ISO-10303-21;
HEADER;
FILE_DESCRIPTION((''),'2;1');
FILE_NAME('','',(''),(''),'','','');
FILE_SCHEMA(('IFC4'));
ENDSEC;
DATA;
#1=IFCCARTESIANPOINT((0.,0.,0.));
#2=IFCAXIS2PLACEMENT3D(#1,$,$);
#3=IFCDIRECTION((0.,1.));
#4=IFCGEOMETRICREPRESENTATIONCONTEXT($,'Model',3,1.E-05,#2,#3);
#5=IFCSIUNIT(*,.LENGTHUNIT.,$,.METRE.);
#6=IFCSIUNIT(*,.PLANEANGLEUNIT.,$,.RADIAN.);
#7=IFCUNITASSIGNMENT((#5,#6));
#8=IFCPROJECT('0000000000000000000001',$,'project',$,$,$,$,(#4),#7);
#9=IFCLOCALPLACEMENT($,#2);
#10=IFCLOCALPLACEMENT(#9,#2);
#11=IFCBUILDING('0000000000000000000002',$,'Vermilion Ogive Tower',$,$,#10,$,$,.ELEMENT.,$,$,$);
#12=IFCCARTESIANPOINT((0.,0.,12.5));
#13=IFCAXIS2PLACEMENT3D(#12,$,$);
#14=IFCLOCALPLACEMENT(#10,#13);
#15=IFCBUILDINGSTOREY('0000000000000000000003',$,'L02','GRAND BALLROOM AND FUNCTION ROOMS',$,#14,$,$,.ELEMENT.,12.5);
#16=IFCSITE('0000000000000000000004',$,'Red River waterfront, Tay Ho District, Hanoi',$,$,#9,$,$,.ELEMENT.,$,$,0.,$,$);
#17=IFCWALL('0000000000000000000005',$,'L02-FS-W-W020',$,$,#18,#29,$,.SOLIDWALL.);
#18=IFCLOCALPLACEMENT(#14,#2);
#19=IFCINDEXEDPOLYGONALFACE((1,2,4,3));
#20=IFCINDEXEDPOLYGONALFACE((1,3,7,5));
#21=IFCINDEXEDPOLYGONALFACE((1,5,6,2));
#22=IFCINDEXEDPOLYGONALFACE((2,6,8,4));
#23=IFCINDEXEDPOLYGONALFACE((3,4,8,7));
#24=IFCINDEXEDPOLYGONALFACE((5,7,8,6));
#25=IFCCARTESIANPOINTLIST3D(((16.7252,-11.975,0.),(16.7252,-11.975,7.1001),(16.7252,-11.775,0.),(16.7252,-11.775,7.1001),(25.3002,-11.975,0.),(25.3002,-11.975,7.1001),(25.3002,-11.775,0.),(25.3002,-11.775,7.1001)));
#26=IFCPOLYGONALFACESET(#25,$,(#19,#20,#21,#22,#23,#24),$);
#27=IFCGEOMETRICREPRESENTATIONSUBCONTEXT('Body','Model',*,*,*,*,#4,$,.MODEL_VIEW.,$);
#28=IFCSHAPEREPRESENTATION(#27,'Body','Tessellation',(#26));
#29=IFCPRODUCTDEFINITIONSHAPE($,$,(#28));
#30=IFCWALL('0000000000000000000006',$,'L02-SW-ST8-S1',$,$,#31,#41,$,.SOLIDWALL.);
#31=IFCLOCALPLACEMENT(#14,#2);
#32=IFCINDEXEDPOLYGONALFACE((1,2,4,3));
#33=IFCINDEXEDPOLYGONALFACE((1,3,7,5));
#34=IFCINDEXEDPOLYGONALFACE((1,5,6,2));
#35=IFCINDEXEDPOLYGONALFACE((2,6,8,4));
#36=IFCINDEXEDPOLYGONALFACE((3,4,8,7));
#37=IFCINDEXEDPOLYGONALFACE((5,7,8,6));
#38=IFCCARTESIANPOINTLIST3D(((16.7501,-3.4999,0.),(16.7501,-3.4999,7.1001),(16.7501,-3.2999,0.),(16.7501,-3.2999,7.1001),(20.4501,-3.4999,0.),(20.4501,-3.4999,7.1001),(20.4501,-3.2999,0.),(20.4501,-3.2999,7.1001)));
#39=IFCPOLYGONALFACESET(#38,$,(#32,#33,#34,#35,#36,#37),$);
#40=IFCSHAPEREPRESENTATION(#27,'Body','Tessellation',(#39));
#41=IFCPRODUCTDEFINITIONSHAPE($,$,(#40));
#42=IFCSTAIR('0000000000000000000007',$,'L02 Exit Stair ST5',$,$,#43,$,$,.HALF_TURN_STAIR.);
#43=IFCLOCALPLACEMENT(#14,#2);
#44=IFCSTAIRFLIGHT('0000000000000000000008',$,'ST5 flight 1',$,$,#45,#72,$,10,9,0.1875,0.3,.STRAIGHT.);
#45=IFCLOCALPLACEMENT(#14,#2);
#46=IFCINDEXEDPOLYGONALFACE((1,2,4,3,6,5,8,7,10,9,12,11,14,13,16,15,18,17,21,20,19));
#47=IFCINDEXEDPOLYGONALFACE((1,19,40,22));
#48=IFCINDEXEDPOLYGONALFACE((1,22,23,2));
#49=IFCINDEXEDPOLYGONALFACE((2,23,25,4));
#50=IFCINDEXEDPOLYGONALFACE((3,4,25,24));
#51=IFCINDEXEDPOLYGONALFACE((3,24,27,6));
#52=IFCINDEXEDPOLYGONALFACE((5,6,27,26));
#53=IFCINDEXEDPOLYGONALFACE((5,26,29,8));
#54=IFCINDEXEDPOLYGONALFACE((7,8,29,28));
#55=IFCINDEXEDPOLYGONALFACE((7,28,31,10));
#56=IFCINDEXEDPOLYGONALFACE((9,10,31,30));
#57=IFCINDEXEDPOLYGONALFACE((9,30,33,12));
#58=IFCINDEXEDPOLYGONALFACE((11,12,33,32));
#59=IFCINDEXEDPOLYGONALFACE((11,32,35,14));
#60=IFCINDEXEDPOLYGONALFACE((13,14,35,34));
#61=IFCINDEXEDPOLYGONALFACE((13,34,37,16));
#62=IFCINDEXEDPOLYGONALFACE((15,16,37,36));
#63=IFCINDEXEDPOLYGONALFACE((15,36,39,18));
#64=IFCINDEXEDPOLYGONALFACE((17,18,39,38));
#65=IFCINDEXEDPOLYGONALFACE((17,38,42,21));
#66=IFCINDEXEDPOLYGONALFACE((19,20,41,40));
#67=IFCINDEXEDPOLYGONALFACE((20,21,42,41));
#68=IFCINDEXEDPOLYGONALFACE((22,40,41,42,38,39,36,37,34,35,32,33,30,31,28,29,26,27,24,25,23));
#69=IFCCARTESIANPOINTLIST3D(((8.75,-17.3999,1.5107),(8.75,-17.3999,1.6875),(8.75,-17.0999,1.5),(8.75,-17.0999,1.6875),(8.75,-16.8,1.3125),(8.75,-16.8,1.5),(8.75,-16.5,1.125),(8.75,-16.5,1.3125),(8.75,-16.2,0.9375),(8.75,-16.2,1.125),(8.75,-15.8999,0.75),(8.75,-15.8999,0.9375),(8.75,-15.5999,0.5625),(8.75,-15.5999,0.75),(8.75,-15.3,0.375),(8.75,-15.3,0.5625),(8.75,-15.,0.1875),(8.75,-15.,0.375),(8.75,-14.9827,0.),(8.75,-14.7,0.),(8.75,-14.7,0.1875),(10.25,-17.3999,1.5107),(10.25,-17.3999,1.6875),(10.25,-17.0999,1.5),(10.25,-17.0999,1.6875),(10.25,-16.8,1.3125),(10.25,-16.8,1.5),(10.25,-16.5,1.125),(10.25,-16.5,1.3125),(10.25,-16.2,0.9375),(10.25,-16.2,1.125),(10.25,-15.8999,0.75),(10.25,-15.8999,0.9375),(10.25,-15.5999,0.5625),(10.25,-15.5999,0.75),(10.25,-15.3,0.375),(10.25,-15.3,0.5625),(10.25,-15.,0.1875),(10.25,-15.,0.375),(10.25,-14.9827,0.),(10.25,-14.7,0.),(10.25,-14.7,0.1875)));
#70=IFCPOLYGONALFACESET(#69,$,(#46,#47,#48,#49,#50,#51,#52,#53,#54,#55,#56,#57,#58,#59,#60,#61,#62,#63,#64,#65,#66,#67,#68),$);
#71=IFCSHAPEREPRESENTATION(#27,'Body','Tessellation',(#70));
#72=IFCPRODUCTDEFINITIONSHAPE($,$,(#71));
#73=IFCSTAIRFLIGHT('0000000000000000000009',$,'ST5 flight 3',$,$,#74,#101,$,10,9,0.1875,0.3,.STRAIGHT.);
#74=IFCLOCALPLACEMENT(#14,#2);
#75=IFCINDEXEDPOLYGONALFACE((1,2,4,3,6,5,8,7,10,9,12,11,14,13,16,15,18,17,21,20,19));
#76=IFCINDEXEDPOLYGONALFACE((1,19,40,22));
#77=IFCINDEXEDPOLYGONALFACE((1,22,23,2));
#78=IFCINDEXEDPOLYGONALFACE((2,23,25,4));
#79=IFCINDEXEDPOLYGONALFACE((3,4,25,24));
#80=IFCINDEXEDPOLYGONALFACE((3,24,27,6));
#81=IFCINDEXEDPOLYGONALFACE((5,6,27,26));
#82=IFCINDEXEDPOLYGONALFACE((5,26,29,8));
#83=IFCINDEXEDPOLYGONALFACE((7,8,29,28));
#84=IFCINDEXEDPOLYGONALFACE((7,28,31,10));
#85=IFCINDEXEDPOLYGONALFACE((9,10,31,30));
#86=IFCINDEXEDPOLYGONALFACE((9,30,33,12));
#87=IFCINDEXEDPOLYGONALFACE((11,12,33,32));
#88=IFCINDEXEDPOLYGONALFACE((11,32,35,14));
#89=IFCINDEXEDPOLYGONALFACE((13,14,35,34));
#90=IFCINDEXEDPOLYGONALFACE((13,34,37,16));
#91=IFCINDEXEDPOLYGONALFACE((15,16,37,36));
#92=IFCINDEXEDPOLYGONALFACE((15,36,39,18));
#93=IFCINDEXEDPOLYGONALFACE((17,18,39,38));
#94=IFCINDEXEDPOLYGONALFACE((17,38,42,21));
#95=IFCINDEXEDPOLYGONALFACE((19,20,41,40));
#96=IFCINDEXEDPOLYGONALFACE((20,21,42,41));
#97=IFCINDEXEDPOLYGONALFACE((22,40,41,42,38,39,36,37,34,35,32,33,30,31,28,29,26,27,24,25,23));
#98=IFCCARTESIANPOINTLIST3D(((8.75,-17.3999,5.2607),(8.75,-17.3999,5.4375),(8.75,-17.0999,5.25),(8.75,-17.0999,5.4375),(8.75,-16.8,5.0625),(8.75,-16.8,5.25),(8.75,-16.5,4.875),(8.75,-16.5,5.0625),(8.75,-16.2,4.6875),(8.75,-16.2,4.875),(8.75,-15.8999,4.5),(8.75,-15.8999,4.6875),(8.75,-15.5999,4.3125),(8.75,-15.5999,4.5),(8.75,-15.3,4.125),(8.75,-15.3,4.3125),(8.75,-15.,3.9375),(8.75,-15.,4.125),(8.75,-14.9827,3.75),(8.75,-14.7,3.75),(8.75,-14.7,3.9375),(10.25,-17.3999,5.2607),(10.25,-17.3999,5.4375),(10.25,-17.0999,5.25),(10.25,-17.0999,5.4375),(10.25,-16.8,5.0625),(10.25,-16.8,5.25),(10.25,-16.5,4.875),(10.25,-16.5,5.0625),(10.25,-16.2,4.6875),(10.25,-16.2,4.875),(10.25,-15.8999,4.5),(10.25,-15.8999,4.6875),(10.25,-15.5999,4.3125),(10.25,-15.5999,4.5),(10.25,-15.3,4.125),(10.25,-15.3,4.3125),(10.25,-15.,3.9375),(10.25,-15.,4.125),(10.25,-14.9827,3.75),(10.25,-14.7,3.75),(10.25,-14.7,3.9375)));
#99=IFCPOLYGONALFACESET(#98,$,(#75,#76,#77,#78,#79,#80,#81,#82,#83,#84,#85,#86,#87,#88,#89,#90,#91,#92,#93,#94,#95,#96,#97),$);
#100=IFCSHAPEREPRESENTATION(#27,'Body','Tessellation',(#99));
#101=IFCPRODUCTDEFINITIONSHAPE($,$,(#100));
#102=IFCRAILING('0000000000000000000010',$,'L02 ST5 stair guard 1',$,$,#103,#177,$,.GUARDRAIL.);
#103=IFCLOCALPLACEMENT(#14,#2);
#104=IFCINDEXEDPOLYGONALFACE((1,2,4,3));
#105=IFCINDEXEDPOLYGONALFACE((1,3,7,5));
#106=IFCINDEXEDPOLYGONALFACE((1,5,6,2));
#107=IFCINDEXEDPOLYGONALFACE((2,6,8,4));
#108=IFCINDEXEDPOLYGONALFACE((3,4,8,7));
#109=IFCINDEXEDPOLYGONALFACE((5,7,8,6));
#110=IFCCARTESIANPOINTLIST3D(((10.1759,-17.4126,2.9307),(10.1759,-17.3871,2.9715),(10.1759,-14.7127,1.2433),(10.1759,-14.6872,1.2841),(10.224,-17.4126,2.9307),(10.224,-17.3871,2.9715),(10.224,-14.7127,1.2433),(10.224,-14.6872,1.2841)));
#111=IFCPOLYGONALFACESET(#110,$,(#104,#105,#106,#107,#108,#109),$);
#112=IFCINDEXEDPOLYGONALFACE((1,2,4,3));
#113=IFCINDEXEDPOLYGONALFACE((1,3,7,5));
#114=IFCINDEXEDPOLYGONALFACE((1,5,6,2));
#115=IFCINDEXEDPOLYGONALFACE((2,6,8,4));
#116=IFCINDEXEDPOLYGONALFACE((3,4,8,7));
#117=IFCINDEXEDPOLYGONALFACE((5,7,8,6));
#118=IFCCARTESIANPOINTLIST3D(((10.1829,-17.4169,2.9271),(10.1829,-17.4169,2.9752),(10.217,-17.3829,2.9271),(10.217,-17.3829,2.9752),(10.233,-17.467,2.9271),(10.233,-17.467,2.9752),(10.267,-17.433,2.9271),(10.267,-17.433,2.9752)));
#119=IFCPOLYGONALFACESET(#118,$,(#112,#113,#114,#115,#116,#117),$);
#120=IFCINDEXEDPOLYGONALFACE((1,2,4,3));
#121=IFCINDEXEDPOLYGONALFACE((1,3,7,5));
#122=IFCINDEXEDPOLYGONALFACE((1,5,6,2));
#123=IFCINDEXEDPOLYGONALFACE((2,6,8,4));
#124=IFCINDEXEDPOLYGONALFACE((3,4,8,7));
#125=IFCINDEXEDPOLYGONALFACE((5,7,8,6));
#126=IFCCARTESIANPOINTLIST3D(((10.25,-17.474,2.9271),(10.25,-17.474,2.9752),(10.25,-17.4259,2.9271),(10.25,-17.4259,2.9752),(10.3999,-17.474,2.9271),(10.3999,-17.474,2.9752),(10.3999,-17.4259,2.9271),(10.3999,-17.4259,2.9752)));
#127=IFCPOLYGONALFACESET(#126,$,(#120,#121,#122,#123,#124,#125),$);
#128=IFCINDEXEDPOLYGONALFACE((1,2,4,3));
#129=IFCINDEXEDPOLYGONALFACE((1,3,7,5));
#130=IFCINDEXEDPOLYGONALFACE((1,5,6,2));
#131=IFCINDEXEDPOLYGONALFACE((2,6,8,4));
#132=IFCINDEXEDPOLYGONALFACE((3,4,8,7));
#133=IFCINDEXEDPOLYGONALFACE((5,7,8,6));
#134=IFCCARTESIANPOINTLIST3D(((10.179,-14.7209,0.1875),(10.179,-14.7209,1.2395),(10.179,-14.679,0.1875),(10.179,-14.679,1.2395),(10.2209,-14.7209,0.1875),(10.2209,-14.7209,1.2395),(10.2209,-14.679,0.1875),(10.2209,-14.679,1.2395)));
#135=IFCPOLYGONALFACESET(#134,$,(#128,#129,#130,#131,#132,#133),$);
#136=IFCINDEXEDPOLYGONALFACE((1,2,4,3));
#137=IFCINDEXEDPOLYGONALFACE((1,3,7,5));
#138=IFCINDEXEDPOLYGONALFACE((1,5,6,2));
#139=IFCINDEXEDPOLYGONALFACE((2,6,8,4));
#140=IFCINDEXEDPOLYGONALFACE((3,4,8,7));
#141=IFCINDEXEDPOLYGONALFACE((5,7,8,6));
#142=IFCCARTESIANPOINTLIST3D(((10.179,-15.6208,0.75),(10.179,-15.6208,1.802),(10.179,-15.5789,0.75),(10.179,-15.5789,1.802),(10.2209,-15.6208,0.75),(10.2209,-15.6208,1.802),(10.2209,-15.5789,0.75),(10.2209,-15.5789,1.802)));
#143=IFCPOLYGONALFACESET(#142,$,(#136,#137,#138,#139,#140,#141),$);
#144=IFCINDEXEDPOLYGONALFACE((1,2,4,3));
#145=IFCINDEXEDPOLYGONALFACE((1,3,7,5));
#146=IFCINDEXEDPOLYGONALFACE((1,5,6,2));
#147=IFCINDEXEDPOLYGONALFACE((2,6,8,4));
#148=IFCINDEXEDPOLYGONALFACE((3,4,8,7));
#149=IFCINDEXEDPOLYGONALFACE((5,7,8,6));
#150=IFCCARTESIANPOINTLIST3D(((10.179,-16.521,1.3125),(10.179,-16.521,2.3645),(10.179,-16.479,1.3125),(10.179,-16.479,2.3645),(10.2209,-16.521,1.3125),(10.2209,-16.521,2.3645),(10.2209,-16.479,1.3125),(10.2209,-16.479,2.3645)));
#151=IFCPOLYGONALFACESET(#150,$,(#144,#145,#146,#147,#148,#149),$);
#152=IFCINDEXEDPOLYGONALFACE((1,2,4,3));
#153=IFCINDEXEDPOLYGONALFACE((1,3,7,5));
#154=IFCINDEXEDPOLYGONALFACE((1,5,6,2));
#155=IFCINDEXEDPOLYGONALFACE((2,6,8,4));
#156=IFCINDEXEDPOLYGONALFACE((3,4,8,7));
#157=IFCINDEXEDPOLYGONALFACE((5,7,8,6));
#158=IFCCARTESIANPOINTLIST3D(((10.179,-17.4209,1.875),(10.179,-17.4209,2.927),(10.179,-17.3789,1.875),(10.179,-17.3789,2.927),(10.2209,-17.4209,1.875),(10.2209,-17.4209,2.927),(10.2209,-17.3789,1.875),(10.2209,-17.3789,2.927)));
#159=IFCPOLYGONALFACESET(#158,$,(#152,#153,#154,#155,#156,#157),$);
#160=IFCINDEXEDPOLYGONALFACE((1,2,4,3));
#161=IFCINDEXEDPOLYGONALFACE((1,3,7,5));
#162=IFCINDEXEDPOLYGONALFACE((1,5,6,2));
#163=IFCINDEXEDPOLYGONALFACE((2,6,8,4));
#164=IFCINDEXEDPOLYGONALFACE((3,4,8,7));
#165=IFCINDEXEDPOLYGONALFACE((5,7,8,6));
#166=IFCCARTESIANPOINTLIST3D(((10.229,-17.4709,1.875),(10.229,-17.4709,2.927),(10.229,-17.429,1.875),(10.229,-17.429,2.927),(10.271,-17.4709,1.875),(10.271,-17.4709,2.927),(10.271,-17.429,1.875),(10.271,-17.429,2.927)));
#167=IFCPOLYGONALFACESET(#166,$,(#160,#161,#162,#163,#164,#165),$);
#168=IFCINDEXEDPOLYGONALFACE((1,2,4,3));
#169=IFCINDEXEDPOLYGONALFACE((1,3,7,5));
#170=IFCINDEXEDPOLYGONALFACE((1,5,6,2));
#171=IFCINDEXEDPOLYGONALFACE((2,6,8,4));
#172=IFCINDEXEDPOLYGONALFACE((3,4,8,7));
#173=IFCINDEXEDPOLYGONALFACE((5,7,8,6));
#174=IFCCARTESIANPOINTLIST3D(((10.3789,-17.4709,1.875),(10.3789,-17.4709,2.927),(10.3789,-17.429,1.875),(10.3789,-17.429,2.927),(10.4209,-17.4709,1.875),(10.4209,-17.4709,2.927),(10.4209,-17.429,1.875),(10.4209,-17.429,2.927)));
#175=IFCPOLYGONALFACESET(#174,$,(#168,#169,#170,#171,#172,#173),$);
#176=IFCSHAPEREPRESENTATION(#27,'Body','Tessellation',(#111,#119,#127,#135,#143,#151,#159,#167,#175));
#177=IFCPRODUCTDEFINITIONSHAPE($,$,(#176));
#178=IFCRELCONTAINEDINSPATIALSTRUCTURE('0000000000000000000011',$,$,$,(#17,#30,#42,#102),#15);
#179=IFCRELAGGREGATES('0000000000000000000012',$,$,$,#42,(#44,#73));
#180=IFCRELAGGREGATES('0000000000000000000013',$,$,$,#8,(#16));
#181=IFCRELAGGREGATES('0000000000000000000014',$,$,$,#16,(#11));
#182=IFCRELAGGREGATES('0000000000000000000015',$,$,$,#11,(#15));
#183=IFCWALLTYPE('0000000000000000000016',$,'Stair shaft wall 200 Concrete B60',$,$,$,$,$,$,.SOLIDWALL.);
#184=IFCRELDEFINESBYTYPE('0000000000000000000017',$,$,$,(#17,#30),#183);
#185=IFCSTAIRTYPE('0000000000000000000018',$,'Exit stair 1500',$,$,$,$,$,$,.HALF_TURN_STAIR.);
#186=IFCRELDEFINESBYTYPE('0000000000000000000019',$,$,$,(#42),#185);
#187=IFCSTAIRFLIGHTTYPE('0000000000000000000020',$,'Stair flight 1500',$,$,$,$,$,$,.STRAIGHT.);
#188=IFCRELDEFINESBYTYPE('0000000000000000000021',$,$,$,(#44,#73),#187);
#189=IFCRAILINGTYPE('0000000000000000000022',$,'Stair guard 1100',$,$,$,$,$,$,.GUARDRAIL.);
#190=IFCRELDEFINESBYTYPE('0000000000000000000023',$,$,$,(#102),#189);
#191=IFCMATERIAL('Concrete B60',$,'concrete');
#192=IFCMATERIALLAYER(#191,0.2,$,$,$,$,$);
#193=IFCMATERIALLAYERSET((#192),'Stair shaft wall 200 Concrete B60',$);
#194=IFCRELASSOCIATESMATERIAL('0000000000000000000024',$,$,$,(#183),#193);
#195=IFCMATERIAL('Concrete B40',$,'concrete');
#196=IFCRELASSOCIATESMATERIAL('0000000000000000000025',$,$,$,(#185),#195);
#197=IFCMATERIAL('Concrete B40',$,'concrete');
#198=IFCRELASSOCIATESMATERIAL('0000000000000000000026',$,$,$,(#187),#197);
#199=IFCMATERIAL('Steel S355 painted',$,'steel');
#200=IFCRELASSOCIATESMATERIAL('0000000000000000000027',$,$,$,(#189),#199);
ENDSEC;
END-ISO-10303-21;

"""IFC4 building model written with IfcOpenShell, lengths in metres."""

from ifc_helpers import new_model, si_unit, direction, frame, frame_2d, origin, origin_2d, place, context, subcontext, project, spatial, polyline, rectangle, outline, extrude, material, layer, layer_set, type_object, element, aggregate, save


model = new_model("IFC4")

# Units and contexts
model_context = context("Model", 3, precision=1e-05, world=origin(), true_north=direction((0.0, 1.0)))
body_context = subcontext(model_context, "Body", "Model", "MODEL_VIEW")
ifc_project = project(units=[si_unit("LENGTHUNIT", "METRE"), si_unit("PLANEANGLEUNIT", "RADIAN")], contexts=[model_context])

# Site, building, storey
site_placement = place(None, origin())
site = spatial("IfcSite", under=ifc_project, at=site_placement, Name="Red River waterfront, Tay Ho District, Hanoi", CompositionType="ELEMENT", RefElevation=0.0)
building_placement = place(site_placement, origin())
building = spatial("IfcBuilding", under=site, at=building_placement, Name="Vermilion Ogive Tower", CompositionType="ELEMENT")
storey_placement = place(building_placement, frame((0.0, 0.0, 12.5)))
storey = spatial("IfcBuildingStorey", under=building, at=storey_placement, Name="L02", Description="GRAND BALLROOM AND FUNCTION ROOMS", CompositionType="ELEMENT", Elevation=12.5)

# Walls
ifc_material_1 = material(Name="Concrete B60", Category="concrete")
ifc_layer_1 = layer(ifc_material_1, 0.2)
ifc_layer_set_1 = layer_set([ifc_layer_1], Name="Stair shaft wall 200 Concrete B60")
wall_type_1 = type_object("IfcWallType", Name="Stair shaft wall 200 Concrete B60", PredefinedType="SOLIDWALL", material=ifc_layer_set_1)
wall_1_placement = place(storey_placement, frame((16.7251, -11.875, 0.0), z_axis=(0.0, 0.0, 1.0), x_axis=(1.0, 0.0, 0.0)))
element("IfcWall", 1, at=wall_1_placement, inside=storey, type_object=wall_type_1, Name="L02-FS-W-W020", PredefinedType="SOLIDWALL", context=body_context, shape_type="SweptSolid", body=[
    extrude(rectangle(XDim=8.575, YDim=0.2, at=frame_2d((4.2876, 0.0))), origin(), (0.0, 0.0, 1.0), 7.1001),
])
wall_2_placement = place(storey_placement, frame((16.75, -3.3999, 0.0), z_axis=(0.0, 0.0, 1.0), x_axis=(1.0, 0.0, 0.0)))
element("IfcWall", 2, at=wall_2_placement, inside=storey, type_object=wall_type_1, Name="L02-SW-ST8-S1", PredefinedType="SOLIDWALL", context=body_context, shape_type="SweptSolid", body=[
    extrude(rectangle(XDim=3.7, YDim=0.2, at=frame_2d((1.8501, 0.0))), origin(), (0.0, 0.0, 1.0), 7.1001),
])

# Stair, stair flights
ifc_material_2 = material(Name="Concrete B40", Category="concrete")
stair_type = type_object("IfcStairType", Name="Exit stair 1500", PredefinedType="HALF_TURN_STAIR", material=ifc_material_2)
stair_placement = place(storey_placement, origin())
stair = element("IfcStair", 3, at=stair_placement, inside=storey, type_object=stair_type, Name="L02 Exit Stair ST5", PredefinedType="HALF_TURN_STAIR")
ifc_material_3 = material(Name="Concrete B40", Category="concrete")
stair_flight_type = type_object("IfcStairFlightType", Name="Stair flight 1500", PredefinedType="STRAIGHT", material=ifc_material_3)
stair_flight_1_placement = place(storey_placement, frame((9.5, -14.7, 0.0), z_axis=(0.0, 0.0, 1.0), x_axis=(0.0, -1.0, 0.0)))
stair_flight_1 = element("IfcStairFlight", 4, at=stair_flight_1_placement, type_object=stair_flight_type, Name="ST5 flight 1", NumberOfRisers=10, NumberOfTreads=9, PredefinedType="STRAIGHT", RiserHeight=0.1875, TreadLength=0.3, context=body_context, shape_type="SweptSolid", body=[
    extrude(outline(polyline([(0.0, 0.0), (0.0, 0.1875), (0.3, 0.1875), (0.3, 0.375), (0.6001, 0.375), (0.6001, 0.5625), (0.8999, 0.5625), (0.8999, 0.75), (1.2, 0.75), (1.2, 0.9375), (1.5, 0.9375), (1.5, 1.125), (1.8, 1.125), (1.8, 1.3125), (2.1001, 1.3125), (2.1001, 1.5), (2.3999, 1.5), (2.3999, 1.6875), (2.7, 1.6875), (2.7, 1.875), (2.7, 1.5107), (0.2827, 0.0), (0.0, 0.0)])), frame((0.0, 0.75, 0.0), z_axis=(0.0, -1.0, 0.0), x_axis=(1.0, 0.0, 0.0)), (0.0, 0.0, 1.0), 1.5),
])
stair_flight_2_placement = place(storey_placement, frame((9.5, -14.7, 3.75), z_axis=(0.0, 0.0, 1.0), x_axis=(0.0, -1.0, 0.0)))
stair_flight_2 = element("IfcStairFlight", 5, at=stair_flight_2_placement, type_object=stair_flight_type, Name="ST5 flight 3", NumberOfRisers=10, NumberOfTreads=9, PredefinedType="STRAIGHT", RiserHeight=0.1875, TreadLength=0.3, context=body_context, shape_type="SweptSolid", body=[
    extrude(outline(polyline([(0.0, 0.0), (0.0, 0.1875), (0.3, 0.1875), (0.3, 0.375), (0.6001, 0.375), (0.6001, 0.5625), (0.8999, 0.5625), (0.8999, 0.75), (1.2, 0.75), (1.2, 0.9375), (1.5, 0.9375), (1.5, 1.125), (1.8, 1.125), (1.8, 1.3125), (2.1001, 1.3125), (2.1001, 1.5), (2.3999, 1.5), (2.3999, 1.6875), (2.7, 1.6875), (2.7, 1.875), (2.7, 1.5107), (0.2827, 0.0), (0.0, 0.0)])), frame((0.0, 0.75, 0.0), z_axis=(0.0, -1.0, 0.0), x_axis=(1.0, 0.0, 0.0)), (0.0, 0.0, 1.0), 1.5),
])
aggregate(stair, [stair_flight_1, stair_flight_2])

# Railing
ifc_material_4 = material(Name="Steel S355 painted", Category="steel")
railing_type_1 = type_object("IfcRailingType", Name="Stair guard 1100", PredefinedType="GUARDRAIL", material=ifc_material_4)
for number, where, name in (
    (6, (10.2, -14.7, 0.1875), "L02 ST5 stair guard 1"),
):
    element("IfcRailing", number, at=place(storey_placement, frame(where)), inside=storey, type_object=railing_type_1, Name=name, PredefinedType="GUARDRAIL", context=body_context, shape_type="SweptSolid", body=[
        extrude(rectangle(XDim=0.0481, YDim=0.0481, at=origin_2d()), frame((0.0, 0.0, 1.0762), z_axis=(0.0, -0.847994, 0.530006), x_axis=(1.0, 0.0, 0.0)), (0.0, 0.0, 1.0), 3.1838),
        extrude(rectangle(XDim=0.0481, YDim=0.0481, at=origin_2d()), frame((0.0, -2.7, 2.7637), z_axis=(0.707107, -0.707107, 0.0), x_axis=(0.707107, 0.707107, 0.0)), (0.0, 0.0, 1.0), 0.0708),
        extrude(rectangle(XDim=0.0481, YDim=0.0481, at=origin_2d()), frame((0.05, -2.75, 2.7637), z_axis=(1.0, 0.0, 0.0), x_axis=(0.0, 1.0, 0.0)), (0.0, 0.0, 1.0), 0.1499),
        extrude(rectangle(XDim=0.042, YDim=0.042, at=origin_2d()), origin(), (0.0, 0.0, 1.0), 1.052),
        extrude(rectangle(XDim=0.042, YDim=0.042, at=origin_2d()), frame((0.0, -0.8999, 0.5625)), (0.0, 0.0, 1.0), 1.052),
        extrude(rectangle(XDim=0.042, YDim=0.042, at=origin_2d()), frame((0.0, -1.8, 1.125)), (0.0, 0.0, 1.0), 1.052),
        extrude(rectangle(XDim=0.042, YDim=0.042, at=origin_2d()), frame((0.0, -2.7, 1.6875)), (0.0, 0.0, 1.0), 1.052),
        extrude(rectangle(XDim=0.042, YDim=0.042, at=origin_2d()), frame((0.05, -2.75, 1.6875)), (0.0, 0.0, 1.0), 1.052),
        extrude(rectangle(XDim=0.042, YDim=0.042, at=origin_2d()), frame((0.2, -2.75, 1.6875)), (0.0, 0.0, 1.0), 1.052),
    ])

save(model, "model.ifc")
